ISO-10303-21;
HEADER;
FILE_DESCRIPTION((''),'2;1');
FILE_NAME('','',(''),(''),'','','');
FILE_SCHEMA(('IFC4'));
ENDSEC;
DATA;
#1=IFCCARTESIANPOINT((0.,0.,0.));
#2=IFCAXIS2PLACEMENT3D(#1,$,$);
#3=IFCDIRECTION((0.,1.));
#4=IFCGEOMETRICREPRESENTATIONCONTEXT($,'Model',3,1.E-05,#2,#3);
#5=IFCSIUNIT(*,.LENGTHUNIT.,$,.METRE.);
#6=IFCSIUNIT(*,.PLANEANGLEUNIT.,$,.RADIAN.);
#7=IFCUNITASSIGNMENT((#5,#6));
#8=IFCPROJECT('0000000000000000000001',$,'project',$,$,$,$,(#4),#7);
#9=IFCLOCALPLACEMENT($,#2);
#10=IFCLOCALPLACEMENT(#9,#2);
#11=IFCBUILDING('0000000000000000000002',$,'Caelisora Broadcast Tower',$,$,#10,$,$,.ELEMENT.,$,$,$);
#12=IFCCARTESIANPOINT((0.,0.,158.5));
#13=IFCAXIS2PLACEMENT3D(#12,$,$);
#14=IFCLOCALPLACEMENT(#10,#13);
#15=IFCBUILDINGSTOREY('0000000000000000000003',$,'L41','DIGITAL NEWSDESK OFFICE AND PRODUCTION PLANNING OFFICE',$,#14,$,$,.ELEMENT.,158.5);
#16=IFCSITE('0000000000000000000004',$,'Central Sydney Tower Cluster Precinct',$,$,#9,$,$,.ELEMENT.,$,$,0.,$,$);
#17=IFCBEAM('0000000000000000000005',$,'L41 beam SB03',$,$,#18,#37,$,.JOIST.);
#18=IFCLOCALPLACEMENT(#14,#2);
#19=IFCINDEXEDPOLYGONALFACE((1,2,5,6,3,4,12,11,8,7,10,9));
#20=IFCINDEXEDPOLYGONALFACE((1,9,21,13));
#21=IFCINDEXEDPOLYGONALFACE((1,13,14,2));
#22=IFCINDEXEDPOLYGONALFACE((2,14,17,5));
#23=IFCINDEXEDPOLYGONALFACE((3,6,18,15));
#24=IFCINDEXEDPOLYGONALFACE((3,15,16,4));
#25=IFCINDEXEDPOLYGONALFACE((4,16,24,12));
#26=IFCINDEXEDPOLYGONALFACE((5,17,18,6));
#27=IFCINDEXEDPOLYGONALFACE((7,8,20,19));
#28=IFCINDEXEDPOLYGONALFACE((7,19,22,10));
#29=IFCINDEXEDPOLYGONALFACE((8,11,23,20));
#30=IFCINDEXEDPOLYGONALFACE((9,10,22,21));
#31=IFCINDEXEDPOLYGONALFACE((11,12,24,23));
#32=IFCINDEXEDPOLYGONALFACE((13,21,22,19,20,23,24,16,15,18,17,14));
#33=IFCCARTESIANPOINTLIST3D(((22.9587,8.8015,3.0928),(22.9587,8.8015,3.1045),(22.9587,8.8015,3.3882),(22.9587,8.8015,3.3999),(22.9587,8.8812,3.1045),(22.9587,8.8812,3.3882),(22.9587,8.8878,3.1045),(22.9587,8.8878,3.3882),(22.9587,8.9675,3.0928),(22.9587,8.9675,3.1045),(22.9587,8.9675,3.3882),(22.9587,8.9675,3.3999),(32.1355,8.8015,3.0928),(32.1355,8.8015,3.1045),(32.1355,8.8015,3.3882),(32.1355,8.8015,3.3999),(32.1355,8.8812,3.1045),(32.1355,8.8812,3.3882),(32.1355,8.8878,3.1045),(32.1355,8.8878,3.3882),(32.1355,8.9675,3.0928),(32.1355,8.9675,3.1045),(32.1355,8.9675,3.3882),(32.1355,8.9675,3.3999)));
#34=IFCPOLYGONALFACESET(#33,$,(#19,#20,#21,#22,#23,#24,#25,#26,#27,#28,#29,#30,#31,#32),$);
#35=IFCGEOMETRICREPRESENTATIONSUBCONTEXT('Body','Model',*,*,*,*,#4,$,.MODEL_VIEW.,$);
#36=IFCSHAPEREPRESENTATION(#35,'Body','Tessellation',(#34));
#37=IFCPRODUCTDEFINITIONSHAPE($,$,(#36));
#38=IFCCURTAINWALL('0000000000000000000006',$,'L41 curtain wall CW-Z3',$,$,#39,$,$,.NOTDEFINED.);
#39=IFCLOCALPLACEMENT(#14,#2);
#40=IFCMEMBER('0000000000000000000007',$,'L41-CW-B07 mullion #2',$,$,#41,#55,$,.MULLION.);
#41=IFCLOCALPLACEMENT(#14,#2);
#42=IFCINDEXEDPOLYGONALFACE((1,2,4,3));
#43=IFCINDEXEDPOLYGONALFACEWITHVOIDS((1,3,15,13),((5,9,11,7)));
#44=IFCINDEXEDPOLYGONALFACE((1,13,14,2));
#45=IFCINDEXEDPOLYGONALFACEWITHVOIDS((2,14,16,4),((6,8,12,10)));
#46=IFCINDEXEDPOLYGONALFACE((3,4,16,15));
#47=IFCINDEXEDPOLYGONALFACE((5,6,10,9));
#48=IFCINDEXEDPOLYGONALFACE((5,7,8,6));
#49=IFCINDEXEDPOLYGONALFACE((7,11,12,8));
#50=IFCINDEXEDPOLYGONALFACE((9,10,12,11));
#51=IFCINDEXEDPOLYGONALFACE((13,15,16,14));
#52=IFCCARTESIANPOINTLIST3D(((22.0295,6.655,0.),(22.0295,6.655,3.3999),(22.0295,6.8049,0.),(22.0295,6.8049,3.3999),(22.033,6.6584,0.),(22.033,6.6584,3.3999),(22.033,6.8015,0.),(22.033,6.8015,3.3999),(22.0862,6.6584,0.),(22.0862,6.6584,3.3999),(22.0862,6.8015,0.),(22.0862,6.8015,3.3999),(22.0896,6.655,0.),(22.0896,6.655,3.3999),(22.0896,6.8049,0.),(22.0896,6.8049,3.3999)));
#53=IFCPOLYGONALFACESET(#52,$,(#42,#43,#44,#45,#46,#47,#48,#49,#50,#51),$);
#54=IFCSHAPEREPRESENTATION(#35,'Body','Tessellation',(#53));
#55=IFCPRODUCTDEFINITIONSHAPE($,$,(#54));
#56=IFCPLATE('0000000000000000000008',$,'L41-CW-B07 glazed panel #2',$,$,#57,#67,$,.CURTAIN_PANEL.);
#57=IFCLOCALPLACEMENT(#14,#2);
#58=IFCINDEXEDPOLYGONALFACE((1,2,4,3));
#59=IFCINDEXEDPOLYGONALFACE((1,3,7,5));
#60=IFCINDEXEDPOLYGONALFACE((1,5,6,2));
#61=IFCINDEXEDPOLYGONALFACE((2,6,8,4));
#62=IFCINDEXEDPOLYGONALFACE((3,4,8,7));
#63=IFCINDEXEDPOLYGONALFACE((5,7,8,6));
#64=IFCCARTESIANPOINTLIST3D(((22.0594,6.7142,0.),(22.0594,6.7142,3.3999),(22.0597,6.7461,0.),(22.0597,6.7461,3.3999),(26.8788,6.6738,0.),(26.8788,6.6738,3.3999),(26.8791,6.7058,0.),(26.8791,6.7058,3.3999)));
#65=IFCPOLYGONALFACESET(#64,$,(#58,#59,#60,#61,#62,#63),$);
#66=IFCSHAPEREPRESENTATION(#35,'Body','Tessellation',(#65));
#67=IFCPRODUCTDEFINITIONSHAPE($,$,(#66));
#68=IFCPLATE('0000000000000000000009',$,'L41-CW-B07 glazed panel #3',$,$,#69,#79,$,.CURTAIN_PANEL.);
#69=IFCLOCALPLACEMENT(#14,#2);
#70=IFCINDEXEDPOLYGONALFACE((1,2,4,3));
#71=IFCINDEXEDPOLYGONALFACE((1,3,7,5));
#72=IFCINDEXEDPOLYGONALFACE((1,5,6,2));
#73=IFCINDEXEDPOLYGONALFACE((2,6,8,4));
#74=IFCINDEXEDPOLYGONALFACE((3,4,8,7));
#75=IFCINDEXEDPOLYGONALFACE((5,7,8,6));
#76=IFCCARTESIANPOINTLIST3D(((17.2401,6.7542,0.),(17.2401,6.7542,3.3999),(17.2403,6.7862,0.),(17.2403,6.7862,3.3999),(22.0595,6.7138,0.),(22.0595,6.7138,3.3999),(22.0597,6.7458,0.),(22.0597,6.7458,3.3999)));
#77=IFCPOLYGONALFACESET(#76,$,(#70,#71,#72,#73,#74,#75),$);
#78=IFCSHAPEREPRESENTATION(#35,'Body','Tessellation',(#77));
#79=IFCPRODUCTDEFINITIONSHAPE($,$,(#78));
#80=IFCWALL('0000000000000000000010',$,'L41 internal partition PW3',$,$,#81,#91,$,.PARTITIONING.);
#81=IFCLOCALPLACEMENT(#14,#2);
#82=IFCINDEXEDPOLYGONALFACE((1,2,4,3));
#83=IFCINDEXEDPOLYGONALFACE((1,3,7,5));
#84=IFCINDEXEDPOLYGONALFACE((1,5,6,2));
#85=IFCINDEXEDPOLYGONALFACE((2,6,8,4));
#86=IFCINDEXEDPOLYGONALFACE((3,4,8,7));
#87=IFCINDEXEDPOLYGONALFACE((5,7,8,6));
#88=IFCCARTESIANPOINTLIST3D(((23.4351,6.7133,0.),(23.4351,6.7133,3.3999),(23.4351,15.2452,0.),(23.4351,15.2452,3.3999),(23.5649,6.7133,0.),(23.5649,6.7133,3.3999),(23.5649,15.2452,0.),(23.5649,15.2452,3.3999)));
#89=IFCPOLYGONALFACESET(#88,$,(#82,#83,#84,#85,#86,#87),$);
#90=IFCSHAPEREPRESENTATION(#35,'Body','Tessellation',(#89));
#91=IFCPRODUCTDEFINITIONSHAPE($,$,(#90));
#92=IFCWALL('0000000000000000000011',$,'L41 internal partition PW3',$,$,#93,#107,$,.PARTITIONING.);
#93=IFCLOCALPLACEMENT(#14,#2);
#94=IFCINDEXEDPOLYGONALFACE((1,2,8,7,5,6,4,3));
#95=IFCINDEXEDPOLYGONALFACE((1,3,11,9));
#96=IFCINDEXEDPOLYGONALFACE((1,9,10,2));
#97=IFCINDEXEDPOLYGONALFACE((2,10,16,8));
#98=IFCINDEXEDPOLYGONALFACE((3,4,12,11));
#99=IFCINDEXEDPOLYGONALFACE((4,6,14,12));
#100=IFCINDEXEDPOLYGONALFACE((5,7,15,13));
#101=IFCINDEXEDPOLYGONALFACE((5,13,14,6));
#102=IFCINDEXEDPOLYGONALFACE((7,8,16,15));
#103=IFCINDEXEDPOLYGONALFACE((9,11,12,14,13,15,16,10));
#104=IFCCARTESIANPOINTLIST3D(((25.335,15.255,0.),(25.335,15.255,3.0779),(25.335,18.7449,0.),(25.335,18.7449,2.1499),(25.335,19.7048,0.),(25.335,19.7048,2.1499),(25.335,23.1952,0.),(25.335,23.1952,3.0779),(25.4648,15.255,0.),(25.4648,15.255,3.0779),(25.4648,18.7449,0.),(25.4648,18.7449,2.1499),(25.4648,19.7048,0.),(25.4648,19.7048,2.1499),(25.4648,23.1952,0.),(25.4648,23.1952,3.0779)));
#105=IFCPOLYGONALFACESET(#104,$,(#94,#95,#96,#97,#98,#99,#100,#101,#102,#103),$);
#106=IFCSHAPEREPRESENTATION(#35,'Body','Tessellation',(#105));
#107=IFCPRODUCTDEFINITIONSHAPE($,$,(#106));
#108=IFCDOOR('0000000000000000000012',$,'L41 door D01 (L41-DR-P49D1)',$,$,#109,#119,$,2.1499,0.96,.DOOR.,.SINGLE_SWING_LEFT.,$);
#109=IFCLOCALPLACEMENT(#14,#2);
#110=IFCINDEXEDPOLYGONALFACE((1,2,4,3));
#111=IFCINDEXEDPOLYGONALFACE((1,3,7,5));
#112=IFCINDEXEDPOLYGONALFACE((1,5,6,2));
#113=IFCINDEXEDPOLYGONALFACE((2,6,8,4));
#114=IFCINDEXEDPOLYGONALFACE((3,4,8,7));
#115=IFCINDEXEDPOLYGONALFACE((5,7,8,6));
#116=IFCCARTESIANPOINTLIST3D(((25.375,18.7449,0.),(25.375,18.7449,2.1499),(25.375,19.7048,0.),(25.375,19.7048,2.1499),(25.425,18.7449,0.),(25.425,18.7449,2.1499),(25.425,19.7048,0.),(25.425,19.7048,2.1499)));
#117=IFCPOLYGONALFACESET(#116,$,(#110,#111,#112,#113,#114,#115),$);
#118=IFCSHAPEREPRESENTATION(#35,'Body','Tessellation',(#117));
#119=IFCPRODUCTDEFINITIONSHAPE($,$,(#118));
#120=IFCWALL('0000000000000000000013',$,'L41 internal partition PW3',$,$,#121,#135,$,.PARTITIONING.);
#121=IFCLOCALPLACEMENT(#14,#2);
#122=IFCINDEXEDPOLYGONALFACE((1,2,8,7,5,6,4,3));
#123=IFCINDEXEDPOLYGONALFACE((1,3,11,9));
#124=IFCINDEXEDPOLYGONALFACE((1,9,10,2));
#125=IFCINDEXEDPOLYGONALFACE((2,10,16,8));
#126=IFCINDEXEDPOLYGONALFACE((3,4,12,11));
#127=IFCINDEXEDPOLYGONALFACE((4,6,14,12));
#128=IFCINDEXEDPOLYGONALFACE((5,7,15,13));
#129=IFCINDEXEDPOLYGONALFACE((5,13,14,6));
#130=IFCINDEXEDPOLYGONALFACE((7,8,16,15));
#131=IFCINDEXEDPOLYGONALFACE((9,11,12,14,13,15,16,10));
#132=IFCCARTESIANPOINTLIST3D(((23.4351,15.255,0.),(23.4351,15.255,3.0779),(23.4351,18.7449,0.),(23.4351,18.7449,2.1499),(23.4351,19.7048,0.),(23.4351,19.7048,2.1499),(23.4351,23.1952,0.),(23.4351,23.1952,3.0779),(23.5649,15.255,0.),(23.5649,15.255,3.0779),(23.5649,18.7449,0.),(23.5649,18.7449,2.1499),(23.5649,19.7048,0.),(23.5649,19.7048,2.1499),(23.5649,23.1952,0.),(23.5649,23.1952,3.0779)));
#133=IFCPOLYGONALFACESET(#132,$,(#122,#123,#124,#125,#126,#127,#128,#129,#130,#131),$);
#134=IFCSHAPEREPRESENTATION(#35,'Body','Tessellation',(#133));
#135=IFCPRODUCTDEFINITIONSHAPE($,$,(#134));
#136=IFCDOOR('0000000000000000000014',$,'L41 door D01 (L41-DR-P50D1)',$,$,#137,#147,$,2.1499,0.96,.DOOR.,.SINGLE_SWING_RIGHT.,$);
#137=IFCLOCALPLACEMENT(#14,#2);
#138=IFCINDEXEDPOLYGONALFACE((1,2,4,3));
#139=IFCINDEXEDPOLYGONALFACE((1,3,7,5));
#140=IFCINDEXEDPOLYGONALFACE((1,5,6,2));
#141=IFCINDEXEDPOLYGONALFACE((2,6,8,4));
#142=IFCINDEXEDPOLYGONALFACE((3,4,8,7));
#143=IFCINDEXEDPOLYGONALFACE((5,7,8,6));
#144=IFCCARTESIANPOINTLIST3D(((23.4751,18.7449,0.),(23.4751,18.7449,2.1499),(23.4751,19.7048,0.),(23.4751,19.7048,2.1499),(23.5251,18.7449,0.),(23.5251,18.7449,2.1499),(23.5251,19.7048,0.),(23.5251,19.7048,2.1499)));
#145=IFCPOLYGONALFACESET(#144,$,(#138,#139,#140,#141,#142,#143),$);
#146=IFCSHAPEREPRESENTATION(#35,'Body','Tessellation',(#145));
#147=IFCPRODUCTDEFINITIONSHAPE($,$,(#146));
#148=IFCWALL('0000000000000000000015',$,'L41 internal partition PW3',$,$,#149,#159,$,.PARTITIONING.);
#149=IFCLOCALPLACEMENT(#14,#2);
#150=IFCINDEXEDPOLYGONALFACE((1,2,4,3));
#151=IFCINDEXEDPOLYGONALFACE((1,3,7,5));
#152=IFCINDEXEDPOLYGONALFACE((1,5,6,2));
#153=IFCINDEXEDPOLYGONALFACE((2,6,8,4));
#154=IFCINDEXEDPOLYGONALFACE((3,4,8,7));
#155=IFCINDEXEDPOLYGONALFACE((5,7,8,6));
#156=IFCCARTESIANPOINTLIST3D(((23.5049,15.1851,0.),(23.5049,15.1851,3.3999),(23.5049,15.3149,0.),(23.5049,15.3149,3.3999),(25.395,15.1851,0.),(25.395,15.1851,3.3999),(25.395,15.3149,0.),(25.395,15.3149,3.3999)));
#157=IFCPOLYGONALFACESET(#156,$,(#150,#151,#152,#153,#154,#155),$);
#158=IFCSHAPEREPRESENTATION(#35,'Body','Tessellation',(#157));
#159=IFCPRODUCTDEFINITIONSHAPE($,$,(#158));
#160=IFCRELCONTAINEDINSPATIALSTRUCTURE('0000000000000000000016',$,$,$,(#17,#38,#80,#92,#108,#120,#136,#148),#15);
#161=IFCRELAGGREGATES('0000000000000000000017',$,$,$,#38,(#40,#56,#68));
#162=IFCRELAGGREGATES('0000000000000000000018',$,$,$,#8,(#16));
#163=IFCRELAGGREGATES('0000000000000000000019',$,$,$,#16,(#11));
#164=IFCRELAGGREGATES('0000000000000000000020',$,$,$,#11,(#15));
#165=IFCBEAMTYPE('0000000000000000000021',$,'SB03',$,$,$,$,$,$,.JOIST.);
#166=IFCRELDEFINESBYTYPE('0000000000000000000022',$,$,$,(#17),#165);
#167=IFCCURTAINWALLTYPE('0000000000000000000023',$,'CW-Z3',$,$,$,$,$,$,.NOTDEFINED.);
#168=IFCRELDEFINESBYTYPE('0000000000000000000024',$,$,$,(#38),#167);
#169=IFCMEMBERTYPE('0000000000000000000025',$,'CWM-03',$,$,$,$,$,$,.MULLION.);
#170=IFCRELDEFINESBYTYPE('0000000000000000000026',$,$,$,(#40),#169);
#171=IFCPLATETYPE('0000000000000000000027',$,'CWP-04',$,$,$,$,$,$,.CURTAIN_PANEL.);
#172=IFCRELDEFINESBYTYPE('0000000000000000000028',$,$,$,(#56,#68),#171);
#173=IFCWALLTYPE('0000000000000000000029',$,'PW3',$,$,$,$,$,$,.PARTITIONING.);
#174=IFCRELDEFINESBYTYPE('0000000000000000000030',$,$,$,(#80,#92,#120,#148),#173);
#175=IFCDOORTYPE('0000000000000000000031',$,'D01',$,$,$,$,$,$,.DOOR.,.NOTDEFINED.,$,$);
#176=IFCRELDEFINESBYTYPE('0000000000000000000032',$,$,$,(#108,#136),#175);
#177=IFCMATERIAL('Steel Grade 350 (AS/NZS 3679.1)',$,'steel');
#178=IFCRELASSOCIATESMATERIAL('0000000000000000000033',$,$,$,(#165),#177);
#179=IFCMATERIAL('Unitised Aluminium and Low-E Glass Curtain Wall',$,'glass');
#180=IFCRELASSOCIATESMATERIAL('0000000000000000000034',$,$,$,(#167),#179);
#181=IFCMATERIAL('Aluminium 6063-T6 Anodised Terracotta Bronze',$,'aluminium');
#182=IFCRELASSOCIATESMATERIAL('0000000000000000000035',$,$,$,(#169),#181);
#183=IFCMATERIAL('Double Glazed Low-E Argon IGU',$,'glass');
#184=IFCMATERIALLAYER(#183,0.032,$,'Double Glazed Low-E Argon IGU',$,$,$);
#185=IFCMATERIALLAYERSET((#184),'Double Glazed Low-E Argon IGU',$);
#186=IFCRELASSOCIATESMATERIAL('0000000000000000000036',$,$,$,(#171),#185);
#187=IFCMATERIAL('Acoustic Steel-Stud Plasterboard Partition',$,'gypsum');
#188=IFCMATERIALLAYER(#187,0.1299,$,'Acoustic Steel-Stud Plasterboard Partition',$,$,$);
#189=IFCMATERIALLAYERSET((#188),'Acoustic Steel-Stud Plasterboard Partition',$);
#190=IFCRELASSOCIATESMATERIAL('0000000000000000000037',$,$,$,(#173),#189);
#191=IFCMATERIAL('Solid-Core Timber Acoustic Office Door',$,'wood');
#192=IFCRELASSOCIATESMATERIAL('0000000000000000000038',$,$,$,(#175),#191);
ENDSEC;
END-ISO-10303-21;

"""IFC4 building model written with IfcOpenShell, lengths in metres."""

from ifc_helpers import new_model, si_unit, direction, frame, frame_2d, origin, origin_2d, place, context, subcontext, project, spatial, rectangle, hollow_rectangle, i_section, extrude, source, transform, mapped, material, layer, layer_set, material_profile, profile_set, type_object, type_shapes, element, fill, aggregate, save


model = new_model("IFC4")

# Units and contexts
model_context = context("Model", 3, precision=1e-05, world=origin(), true_north=direction((0.0, 1.0)))
body_context = subcontext(model_context, "Body", "Model", "MODEL_VIEW")
ifc_project = project(units=[si_unit("LENGTHUNIT", "METRE"), si_unit("PLANEANGLEUNIT", "RADIAN")], contexts=[model_context])

# Site, building, storey
site_placement = place(None, origin())
site = spatial("IfcSite", under=ifc_project, at=site_placement, Name="Central Sydney Tower Cluster Precinct", CompositionType="ELEMENT", RefElevation=0.0)
building_placement = place(site_placement, origin())
building = spatial("IfcBuilding", under=site, at=building_placement, Name="Caelisora Broadcast Tower", CompositionType="ELEMENT")
storey_placement = place(building_placement, frame((0.0, 0.0, 158.5)))
storey = spatial("IfcBuildingStorey", under=building, at=storey_placement, Name="L41", Description="DIGITAL NEWSDESK OFFICE AND PRODUCTION PLANNING OFFICE", CompositionType="ELEMENT", Elevation=158.5)

# Beam
ifc_material_1 = material(Name="Steel Grade 350 (AS/NZS 3679.1)", Category="steel")
ifc_material_profile_1 = material_profile(ifc_material_1, i_section(OverallWidth=0.166, OverallDepth=0.3071, WebThickness=0.0066, FlangeThickness=0.0117, at=origin_2d()), Name="Steel Grade 350 (AS/NZS 3679.1)")
ifc_profile_set_1 = profile_set([ifc_material_profile_1], Name="Steel Grade 350 (AS/NZS 3679.1)")
beam_type_1 = type_object("IfcBeamType", Name="SB03", PredefinedType="JOIST", material=ifc_profile_set_1)
shared_shape_1 = source(origin(), body_context, "Body", "SweptSolid", [
    extrude(i_section(OverallWidth=0.166, OverallDepth=0.3071, WebThickness=0.0066, FlangeThickness=0.0117, at=origin_2d()), origin(), (0.0, 0.0, 1.0), 9.1768),
])
beam_1_placement = place(storey_placement, frame((22.9587, 8.8845, 3.2463), z_axis=(1.0, 0.0, 0.0), x_axis=(0.0, 1.0, 0.0)))
element("IfcBeam", 1, at=beam_1_placement, inside=storey, type_object=beam_type_1, Name="L41 beam SB03", PredefinedType="JOIST", context=body_context, shape_type="MappedRepresentation", body=[
    mapped(shared_shape_1, transform((0.0, 0.0, 0.0), scale=1.0)),
])

# Curtain wall, member, plates
ifc_material_2 = material(Name="Unitised Aluminium and Low-E Glass Curtain Wall", Category="glass")
curtain_wall_type = type_object("IfcCurtainWallType", Name="CW-Z3", PredefinedType="NOTDEFINED", material=ifc_material_2)
curtain_wall_placement = place(storey_placement, origin())
curtain_wall = element("IfcCurtainWall", 2, at=curtain_wall_placement, inside=storey, type_object=curtain_wall_type, Name="L41 curtain wall CW-Z3", PredefinedType="NOTDEFINED")
ifc_material_3 = material(Name="Aluminium 6063-T6 Anodised Terracotta Bronze", Category="aluminium")
ifc_material_profile_2 = material_profile(ifc_material_3, hollow_rectangle(XDim=0.0601, YDim=0.1499, WallThickness=0.0034, at=origin_2d()), Name="Aluminium 6063-T6 Anodised Terracotta Bronze")
ifc_profile_set_2 = profile_set([ifc_material_profile_2], Name="Aluminium 6063-T6 Anodised Terracotta Bronze")
member_type = type_object("IfcMemberType", Name="CWM-03", PredefinedType="MULLION", material=ifc_profile_set_2)
shared_shape_2 = source(origin(), body_context, "Body", "SweptSolid", [
    extrude(hollow_rectangle(XDim=0.0601, YDim=0.1499, WallThickness=0.0034, at=origin_2d()), origin(), (0.0, 0.0, 1.0), 3.3999),
])
type_shapes(member_type, [shared_shape_2])
member_placement = place(storey_placement, frame((22.0596, 6.73, 0.0), z_axis=(0.0, 0.0, 1.0), x_axis=(1.0, 0.0, 0.0)))
member = element("IfcMember", 3, at=member_placement, type_object=member_type, Name="L41-CW-B07 mullion #2", PredefinedType="MULLION", context=body_context, shape_type="MappedRepresentation", body=[
    mapped(shared_shape_2, transform((0.0, 0.0, 0.0), scale=1.0)),
])
ifc_material_4 = material(Name="Double Glazed Low-E Argon IGU", Category="glass")
ifc_layer_1 = layer(ifc_material_4, 0.032, Name="Double Glazed Low-E Argon IGU")
ifc_layer_set_1 = layer_set([ifc_layer_1], Name="Double Glazed Low-E Argon IGU")
plate_type = type_object("IfcPlateType", Name="CWP-04", PredefinedType="CURTAIN_PANEL", material=ifc_layer_set_1)
shared_shape_3 = source(origin(), body_context, "Body", "SweptSolid", [
    extrude(rectangle(XDim=4.8196, YDim=0.032, at=origin_2d()), origin(), (0.0, 0.0, 1.0), 3.3999),
])
type_shapes(plate_type, [shared_shape_3])
plate_1_placement = place(storey_placement, frame((24.4692, 6.71, 0.0), z_axis=(0.0, 0.0, 1.0), x_axis=(-0.999965, 0.008377, 0.0)))
plate_1 = element("IfcPlate", 4, at=plate_1_placement, type_object=plate_type, Name="L41-CW-B07 glazed panel #2", PredefinedType="CURTAIN_PANEL", context=body_context, shape_type="MappedRepresentation", body=[
    mapped(shared_shape_3, transform((0.0, 0.0, 0.0), scale=1.0)),
])
plate_2_placement = place(storey_placement, frame((19.6499, 6.75, 0.0), z_axis=(0.0, 0.0, 1.0), x_axis=(-0.999965, 0.008377, 0.0)))
plate_2 = element("IfcPlate", 5, at=plate_2_placement, type_object=plate_type, Name="L41-CW-B07 glazed panel #3", PredefinedType="CURTAIN_PANEL", context=body_context, shape_type="MappedRepresentation", body=[
    mapped(shared_shape_3, transform((0.0, 0.0, 0.0), scale=1.0)),
])
aggregate(curtain_wall, [member, plate_1, plate_2])

# Wall
ifc_material_5 = material(Name="Acoustic Steel-Stud Plasterboard Partition", Category="gypsum")
ifc_layer_2 = layer(ifc_material_5, 0.1299, Name="Acoustic Steel-Stud Plasterboard Partition")
ifc_layer_set_2 = layer_set([ifc_layer_2], Name="Acoustic Steel-Stud Plasterboard Partition")
wall_type_1 = type_object("IfcWallType", Name="PW3", PredefinedType="PARTITIONING", material=ifc_layer_set_2)
wall_1_placement = place(storey_placement, frame((23.5, 6.7131, 0.0), z_axis=(0.0, 0.0, 1.0), x_axis=(0.0, 1.0, 0.0)))
element("IfcWall", 6, at=wall_1_placement, inside=storey, type_object=wall_type_1, Name="L41 internal partition PW3", PredefinedType="PARTITIONING", context=body_context, shape_type="SweptSolid", body=[
    extrude(rectangle(XDim=8.532, YDim=0.1299, at=frame_2d((4.2661, 0.0))), origin(), (0.0, 0.0, 1.0), 3.3999),
])

# Walls, openings, doors
wall_2_placement = place(storey_placement, frame((25.3999, 15.2549, 0.0), z_axis=(0.0, 0.0, 1.0), x_axis=(0.0, 1.0, 0.0)))
wall_2 = element("IfcWall", 7, at=wall_2_placement, inside=storey, type_object=wall_type_1, Name="L41 internal partition PW3", PredefinedType="PARTITIONING", context=body_context, shape_type="SweptSolid", body=[
    extrude(rectangle(XDim=7.9402, YDim=0.1299, at=frame_2d((3.9702, 0.0))), origin(), (0.0, 0.0, 1.0), 3.0779),
])
opening_1_placement = place(wall_2_placement, frame((3.49, 0.0, 0.0)))
opening_1 = element("IfcOpeningElement", 8, at=opening_1_placement, cuts=wall_2, PredefinedType="OPENING", context=body_context, shape_type="SweptSolid", body=[
    extrude(rectangle(XDim=0.96, YDim=2.1499, at=frame_2d((0.48, 1.075))), frame((0.0, 0.0769, 0.0), z_axis=(0.0, -1.0, 0.0), x_axis=(1.0, 0.0, 0.0)), (0.0, 0.0, 1.0), 0.1538),
])
ifc_material_6 = material(Name="Solid-Core Timber Acoustic Office Door", Category="wood")
door_type_1 = type_object("IfcDoorType", Name="D01", OperationType="NOTDEFINED", PredefinedType="DOOR", material=ifc_material_6)
door_1_placement = place(opening_1_placement, origin())
door_1 = element("IfcDoor", 9, at=door_1_placement, inside=storey, type_object=door_type_1, Name="L41 door D01 (L41-DR-P49D1)", OperationType="SINGLE_SWING_LEFT", OverallHeight=2.1499, OverallWidth=0.96, PredefinedType="DOOR", context=body_context, shape_type="SweptSolid", body=[
    extrude(rectangle(XDim=0.96, YDim=2.1499, at=frame_2d((0.48, 1.075))), frame((0.0, 0.0249, 0.0), z_axis=(0.0, -1.0, 0.0), x_axis=(1.0, 0.0, 0.0)), (0.0, 0.0, 1.0), 0.05),
])
fill(opening_1, door_1)
wall_3_placement = place(storey_placement, frame((23.5, 15.2549, 0.0), z_axis=(0.0, 0.0, 1.0), x_axis=(0.0, 1.0, 0.0)))
wall_3 = element("IfcWall", 10, at=wall_3_placement, inside=storey, type_object=wall_type_1, Name="L41 internal partition PW3", PredefinedType="PARTITIONING", context=body_context, shape_type="SweptSolid", body=[
    extrude(rectangle(XDim=7.9402, YDim=0.1299, at=frame_2d((3.9702, 0.0))), origin(), (0.0, 0.0, 1.0), 3.0779),
])
opening_2_placement = place(wall_3_placement, frame((3.49, 0.0, 0.0)))
opening_2 = element("IfcOpeningElement", 11, at=opening_2_placement, cuts=wall_3, PredefinedType="OPENING", context=body_context, shape_type="SweptSolid", body=[
    extrude(rectangle(XDim=0.96, YDim=2.1499, at=frame_2d((0.48, 1.075))), frame((0.0, 0.0769, 0.0), z_axis=(0.0, -1.0, 0.0), x_axis=(1.0, 0.0, 0.0)), (0.0, 0.0, 1.0), 0.1538),
])
door_2_placement = place(opening_2_placement, origin())
door_2 = element("IfcDoor", 12, at=door_2_placement, inside=storey, type_object=door_type_1, Name="L41 door D01 (L41-DR-P50D1)", OperationType="SINGLE_SWING_RIGHT", OverallHeight=2.1499, OverallWidth=0.96, PredefinedType="DOOR", context=body_context, shape_type="SweptSolid", body=[
    extrude(rectangle(XDim=0.96, YDim=2.1499, at=frame_2d((0.48, 1.075))), frame((0.0, 0.0249, 0.0), z_axis=(0.0, -1.0, 0.0), x_axis=(1.0, 0.0, 0.0)), (0.0, 0.0, 1.0), 0.05),
])
fill(opening_2, door_2)

# Wall
wall_4_placement = place(storey_placement, frame((23.5049, 15.25, 0.0), z_axis=(0.0, 0.0, 1.0), x_axis=(1.0, 0.0, 0.0)))
element("IfcWall", 13, at=wall_4_placement, inside=storey, type_object=wall_type_1, Name="L41 internal partition PW3", PredefinedType="PARTITIONING", context=body_context, shape_type="SweptSolid", body=[
    extrude(rectangle(XDim=1.8901, YDim=0.1299, at=frame_2d((0.9451, 0.0))), origin(), (0.0, 0.0, 1.0), 3.3999),
])

save(model, "model.ifc")
